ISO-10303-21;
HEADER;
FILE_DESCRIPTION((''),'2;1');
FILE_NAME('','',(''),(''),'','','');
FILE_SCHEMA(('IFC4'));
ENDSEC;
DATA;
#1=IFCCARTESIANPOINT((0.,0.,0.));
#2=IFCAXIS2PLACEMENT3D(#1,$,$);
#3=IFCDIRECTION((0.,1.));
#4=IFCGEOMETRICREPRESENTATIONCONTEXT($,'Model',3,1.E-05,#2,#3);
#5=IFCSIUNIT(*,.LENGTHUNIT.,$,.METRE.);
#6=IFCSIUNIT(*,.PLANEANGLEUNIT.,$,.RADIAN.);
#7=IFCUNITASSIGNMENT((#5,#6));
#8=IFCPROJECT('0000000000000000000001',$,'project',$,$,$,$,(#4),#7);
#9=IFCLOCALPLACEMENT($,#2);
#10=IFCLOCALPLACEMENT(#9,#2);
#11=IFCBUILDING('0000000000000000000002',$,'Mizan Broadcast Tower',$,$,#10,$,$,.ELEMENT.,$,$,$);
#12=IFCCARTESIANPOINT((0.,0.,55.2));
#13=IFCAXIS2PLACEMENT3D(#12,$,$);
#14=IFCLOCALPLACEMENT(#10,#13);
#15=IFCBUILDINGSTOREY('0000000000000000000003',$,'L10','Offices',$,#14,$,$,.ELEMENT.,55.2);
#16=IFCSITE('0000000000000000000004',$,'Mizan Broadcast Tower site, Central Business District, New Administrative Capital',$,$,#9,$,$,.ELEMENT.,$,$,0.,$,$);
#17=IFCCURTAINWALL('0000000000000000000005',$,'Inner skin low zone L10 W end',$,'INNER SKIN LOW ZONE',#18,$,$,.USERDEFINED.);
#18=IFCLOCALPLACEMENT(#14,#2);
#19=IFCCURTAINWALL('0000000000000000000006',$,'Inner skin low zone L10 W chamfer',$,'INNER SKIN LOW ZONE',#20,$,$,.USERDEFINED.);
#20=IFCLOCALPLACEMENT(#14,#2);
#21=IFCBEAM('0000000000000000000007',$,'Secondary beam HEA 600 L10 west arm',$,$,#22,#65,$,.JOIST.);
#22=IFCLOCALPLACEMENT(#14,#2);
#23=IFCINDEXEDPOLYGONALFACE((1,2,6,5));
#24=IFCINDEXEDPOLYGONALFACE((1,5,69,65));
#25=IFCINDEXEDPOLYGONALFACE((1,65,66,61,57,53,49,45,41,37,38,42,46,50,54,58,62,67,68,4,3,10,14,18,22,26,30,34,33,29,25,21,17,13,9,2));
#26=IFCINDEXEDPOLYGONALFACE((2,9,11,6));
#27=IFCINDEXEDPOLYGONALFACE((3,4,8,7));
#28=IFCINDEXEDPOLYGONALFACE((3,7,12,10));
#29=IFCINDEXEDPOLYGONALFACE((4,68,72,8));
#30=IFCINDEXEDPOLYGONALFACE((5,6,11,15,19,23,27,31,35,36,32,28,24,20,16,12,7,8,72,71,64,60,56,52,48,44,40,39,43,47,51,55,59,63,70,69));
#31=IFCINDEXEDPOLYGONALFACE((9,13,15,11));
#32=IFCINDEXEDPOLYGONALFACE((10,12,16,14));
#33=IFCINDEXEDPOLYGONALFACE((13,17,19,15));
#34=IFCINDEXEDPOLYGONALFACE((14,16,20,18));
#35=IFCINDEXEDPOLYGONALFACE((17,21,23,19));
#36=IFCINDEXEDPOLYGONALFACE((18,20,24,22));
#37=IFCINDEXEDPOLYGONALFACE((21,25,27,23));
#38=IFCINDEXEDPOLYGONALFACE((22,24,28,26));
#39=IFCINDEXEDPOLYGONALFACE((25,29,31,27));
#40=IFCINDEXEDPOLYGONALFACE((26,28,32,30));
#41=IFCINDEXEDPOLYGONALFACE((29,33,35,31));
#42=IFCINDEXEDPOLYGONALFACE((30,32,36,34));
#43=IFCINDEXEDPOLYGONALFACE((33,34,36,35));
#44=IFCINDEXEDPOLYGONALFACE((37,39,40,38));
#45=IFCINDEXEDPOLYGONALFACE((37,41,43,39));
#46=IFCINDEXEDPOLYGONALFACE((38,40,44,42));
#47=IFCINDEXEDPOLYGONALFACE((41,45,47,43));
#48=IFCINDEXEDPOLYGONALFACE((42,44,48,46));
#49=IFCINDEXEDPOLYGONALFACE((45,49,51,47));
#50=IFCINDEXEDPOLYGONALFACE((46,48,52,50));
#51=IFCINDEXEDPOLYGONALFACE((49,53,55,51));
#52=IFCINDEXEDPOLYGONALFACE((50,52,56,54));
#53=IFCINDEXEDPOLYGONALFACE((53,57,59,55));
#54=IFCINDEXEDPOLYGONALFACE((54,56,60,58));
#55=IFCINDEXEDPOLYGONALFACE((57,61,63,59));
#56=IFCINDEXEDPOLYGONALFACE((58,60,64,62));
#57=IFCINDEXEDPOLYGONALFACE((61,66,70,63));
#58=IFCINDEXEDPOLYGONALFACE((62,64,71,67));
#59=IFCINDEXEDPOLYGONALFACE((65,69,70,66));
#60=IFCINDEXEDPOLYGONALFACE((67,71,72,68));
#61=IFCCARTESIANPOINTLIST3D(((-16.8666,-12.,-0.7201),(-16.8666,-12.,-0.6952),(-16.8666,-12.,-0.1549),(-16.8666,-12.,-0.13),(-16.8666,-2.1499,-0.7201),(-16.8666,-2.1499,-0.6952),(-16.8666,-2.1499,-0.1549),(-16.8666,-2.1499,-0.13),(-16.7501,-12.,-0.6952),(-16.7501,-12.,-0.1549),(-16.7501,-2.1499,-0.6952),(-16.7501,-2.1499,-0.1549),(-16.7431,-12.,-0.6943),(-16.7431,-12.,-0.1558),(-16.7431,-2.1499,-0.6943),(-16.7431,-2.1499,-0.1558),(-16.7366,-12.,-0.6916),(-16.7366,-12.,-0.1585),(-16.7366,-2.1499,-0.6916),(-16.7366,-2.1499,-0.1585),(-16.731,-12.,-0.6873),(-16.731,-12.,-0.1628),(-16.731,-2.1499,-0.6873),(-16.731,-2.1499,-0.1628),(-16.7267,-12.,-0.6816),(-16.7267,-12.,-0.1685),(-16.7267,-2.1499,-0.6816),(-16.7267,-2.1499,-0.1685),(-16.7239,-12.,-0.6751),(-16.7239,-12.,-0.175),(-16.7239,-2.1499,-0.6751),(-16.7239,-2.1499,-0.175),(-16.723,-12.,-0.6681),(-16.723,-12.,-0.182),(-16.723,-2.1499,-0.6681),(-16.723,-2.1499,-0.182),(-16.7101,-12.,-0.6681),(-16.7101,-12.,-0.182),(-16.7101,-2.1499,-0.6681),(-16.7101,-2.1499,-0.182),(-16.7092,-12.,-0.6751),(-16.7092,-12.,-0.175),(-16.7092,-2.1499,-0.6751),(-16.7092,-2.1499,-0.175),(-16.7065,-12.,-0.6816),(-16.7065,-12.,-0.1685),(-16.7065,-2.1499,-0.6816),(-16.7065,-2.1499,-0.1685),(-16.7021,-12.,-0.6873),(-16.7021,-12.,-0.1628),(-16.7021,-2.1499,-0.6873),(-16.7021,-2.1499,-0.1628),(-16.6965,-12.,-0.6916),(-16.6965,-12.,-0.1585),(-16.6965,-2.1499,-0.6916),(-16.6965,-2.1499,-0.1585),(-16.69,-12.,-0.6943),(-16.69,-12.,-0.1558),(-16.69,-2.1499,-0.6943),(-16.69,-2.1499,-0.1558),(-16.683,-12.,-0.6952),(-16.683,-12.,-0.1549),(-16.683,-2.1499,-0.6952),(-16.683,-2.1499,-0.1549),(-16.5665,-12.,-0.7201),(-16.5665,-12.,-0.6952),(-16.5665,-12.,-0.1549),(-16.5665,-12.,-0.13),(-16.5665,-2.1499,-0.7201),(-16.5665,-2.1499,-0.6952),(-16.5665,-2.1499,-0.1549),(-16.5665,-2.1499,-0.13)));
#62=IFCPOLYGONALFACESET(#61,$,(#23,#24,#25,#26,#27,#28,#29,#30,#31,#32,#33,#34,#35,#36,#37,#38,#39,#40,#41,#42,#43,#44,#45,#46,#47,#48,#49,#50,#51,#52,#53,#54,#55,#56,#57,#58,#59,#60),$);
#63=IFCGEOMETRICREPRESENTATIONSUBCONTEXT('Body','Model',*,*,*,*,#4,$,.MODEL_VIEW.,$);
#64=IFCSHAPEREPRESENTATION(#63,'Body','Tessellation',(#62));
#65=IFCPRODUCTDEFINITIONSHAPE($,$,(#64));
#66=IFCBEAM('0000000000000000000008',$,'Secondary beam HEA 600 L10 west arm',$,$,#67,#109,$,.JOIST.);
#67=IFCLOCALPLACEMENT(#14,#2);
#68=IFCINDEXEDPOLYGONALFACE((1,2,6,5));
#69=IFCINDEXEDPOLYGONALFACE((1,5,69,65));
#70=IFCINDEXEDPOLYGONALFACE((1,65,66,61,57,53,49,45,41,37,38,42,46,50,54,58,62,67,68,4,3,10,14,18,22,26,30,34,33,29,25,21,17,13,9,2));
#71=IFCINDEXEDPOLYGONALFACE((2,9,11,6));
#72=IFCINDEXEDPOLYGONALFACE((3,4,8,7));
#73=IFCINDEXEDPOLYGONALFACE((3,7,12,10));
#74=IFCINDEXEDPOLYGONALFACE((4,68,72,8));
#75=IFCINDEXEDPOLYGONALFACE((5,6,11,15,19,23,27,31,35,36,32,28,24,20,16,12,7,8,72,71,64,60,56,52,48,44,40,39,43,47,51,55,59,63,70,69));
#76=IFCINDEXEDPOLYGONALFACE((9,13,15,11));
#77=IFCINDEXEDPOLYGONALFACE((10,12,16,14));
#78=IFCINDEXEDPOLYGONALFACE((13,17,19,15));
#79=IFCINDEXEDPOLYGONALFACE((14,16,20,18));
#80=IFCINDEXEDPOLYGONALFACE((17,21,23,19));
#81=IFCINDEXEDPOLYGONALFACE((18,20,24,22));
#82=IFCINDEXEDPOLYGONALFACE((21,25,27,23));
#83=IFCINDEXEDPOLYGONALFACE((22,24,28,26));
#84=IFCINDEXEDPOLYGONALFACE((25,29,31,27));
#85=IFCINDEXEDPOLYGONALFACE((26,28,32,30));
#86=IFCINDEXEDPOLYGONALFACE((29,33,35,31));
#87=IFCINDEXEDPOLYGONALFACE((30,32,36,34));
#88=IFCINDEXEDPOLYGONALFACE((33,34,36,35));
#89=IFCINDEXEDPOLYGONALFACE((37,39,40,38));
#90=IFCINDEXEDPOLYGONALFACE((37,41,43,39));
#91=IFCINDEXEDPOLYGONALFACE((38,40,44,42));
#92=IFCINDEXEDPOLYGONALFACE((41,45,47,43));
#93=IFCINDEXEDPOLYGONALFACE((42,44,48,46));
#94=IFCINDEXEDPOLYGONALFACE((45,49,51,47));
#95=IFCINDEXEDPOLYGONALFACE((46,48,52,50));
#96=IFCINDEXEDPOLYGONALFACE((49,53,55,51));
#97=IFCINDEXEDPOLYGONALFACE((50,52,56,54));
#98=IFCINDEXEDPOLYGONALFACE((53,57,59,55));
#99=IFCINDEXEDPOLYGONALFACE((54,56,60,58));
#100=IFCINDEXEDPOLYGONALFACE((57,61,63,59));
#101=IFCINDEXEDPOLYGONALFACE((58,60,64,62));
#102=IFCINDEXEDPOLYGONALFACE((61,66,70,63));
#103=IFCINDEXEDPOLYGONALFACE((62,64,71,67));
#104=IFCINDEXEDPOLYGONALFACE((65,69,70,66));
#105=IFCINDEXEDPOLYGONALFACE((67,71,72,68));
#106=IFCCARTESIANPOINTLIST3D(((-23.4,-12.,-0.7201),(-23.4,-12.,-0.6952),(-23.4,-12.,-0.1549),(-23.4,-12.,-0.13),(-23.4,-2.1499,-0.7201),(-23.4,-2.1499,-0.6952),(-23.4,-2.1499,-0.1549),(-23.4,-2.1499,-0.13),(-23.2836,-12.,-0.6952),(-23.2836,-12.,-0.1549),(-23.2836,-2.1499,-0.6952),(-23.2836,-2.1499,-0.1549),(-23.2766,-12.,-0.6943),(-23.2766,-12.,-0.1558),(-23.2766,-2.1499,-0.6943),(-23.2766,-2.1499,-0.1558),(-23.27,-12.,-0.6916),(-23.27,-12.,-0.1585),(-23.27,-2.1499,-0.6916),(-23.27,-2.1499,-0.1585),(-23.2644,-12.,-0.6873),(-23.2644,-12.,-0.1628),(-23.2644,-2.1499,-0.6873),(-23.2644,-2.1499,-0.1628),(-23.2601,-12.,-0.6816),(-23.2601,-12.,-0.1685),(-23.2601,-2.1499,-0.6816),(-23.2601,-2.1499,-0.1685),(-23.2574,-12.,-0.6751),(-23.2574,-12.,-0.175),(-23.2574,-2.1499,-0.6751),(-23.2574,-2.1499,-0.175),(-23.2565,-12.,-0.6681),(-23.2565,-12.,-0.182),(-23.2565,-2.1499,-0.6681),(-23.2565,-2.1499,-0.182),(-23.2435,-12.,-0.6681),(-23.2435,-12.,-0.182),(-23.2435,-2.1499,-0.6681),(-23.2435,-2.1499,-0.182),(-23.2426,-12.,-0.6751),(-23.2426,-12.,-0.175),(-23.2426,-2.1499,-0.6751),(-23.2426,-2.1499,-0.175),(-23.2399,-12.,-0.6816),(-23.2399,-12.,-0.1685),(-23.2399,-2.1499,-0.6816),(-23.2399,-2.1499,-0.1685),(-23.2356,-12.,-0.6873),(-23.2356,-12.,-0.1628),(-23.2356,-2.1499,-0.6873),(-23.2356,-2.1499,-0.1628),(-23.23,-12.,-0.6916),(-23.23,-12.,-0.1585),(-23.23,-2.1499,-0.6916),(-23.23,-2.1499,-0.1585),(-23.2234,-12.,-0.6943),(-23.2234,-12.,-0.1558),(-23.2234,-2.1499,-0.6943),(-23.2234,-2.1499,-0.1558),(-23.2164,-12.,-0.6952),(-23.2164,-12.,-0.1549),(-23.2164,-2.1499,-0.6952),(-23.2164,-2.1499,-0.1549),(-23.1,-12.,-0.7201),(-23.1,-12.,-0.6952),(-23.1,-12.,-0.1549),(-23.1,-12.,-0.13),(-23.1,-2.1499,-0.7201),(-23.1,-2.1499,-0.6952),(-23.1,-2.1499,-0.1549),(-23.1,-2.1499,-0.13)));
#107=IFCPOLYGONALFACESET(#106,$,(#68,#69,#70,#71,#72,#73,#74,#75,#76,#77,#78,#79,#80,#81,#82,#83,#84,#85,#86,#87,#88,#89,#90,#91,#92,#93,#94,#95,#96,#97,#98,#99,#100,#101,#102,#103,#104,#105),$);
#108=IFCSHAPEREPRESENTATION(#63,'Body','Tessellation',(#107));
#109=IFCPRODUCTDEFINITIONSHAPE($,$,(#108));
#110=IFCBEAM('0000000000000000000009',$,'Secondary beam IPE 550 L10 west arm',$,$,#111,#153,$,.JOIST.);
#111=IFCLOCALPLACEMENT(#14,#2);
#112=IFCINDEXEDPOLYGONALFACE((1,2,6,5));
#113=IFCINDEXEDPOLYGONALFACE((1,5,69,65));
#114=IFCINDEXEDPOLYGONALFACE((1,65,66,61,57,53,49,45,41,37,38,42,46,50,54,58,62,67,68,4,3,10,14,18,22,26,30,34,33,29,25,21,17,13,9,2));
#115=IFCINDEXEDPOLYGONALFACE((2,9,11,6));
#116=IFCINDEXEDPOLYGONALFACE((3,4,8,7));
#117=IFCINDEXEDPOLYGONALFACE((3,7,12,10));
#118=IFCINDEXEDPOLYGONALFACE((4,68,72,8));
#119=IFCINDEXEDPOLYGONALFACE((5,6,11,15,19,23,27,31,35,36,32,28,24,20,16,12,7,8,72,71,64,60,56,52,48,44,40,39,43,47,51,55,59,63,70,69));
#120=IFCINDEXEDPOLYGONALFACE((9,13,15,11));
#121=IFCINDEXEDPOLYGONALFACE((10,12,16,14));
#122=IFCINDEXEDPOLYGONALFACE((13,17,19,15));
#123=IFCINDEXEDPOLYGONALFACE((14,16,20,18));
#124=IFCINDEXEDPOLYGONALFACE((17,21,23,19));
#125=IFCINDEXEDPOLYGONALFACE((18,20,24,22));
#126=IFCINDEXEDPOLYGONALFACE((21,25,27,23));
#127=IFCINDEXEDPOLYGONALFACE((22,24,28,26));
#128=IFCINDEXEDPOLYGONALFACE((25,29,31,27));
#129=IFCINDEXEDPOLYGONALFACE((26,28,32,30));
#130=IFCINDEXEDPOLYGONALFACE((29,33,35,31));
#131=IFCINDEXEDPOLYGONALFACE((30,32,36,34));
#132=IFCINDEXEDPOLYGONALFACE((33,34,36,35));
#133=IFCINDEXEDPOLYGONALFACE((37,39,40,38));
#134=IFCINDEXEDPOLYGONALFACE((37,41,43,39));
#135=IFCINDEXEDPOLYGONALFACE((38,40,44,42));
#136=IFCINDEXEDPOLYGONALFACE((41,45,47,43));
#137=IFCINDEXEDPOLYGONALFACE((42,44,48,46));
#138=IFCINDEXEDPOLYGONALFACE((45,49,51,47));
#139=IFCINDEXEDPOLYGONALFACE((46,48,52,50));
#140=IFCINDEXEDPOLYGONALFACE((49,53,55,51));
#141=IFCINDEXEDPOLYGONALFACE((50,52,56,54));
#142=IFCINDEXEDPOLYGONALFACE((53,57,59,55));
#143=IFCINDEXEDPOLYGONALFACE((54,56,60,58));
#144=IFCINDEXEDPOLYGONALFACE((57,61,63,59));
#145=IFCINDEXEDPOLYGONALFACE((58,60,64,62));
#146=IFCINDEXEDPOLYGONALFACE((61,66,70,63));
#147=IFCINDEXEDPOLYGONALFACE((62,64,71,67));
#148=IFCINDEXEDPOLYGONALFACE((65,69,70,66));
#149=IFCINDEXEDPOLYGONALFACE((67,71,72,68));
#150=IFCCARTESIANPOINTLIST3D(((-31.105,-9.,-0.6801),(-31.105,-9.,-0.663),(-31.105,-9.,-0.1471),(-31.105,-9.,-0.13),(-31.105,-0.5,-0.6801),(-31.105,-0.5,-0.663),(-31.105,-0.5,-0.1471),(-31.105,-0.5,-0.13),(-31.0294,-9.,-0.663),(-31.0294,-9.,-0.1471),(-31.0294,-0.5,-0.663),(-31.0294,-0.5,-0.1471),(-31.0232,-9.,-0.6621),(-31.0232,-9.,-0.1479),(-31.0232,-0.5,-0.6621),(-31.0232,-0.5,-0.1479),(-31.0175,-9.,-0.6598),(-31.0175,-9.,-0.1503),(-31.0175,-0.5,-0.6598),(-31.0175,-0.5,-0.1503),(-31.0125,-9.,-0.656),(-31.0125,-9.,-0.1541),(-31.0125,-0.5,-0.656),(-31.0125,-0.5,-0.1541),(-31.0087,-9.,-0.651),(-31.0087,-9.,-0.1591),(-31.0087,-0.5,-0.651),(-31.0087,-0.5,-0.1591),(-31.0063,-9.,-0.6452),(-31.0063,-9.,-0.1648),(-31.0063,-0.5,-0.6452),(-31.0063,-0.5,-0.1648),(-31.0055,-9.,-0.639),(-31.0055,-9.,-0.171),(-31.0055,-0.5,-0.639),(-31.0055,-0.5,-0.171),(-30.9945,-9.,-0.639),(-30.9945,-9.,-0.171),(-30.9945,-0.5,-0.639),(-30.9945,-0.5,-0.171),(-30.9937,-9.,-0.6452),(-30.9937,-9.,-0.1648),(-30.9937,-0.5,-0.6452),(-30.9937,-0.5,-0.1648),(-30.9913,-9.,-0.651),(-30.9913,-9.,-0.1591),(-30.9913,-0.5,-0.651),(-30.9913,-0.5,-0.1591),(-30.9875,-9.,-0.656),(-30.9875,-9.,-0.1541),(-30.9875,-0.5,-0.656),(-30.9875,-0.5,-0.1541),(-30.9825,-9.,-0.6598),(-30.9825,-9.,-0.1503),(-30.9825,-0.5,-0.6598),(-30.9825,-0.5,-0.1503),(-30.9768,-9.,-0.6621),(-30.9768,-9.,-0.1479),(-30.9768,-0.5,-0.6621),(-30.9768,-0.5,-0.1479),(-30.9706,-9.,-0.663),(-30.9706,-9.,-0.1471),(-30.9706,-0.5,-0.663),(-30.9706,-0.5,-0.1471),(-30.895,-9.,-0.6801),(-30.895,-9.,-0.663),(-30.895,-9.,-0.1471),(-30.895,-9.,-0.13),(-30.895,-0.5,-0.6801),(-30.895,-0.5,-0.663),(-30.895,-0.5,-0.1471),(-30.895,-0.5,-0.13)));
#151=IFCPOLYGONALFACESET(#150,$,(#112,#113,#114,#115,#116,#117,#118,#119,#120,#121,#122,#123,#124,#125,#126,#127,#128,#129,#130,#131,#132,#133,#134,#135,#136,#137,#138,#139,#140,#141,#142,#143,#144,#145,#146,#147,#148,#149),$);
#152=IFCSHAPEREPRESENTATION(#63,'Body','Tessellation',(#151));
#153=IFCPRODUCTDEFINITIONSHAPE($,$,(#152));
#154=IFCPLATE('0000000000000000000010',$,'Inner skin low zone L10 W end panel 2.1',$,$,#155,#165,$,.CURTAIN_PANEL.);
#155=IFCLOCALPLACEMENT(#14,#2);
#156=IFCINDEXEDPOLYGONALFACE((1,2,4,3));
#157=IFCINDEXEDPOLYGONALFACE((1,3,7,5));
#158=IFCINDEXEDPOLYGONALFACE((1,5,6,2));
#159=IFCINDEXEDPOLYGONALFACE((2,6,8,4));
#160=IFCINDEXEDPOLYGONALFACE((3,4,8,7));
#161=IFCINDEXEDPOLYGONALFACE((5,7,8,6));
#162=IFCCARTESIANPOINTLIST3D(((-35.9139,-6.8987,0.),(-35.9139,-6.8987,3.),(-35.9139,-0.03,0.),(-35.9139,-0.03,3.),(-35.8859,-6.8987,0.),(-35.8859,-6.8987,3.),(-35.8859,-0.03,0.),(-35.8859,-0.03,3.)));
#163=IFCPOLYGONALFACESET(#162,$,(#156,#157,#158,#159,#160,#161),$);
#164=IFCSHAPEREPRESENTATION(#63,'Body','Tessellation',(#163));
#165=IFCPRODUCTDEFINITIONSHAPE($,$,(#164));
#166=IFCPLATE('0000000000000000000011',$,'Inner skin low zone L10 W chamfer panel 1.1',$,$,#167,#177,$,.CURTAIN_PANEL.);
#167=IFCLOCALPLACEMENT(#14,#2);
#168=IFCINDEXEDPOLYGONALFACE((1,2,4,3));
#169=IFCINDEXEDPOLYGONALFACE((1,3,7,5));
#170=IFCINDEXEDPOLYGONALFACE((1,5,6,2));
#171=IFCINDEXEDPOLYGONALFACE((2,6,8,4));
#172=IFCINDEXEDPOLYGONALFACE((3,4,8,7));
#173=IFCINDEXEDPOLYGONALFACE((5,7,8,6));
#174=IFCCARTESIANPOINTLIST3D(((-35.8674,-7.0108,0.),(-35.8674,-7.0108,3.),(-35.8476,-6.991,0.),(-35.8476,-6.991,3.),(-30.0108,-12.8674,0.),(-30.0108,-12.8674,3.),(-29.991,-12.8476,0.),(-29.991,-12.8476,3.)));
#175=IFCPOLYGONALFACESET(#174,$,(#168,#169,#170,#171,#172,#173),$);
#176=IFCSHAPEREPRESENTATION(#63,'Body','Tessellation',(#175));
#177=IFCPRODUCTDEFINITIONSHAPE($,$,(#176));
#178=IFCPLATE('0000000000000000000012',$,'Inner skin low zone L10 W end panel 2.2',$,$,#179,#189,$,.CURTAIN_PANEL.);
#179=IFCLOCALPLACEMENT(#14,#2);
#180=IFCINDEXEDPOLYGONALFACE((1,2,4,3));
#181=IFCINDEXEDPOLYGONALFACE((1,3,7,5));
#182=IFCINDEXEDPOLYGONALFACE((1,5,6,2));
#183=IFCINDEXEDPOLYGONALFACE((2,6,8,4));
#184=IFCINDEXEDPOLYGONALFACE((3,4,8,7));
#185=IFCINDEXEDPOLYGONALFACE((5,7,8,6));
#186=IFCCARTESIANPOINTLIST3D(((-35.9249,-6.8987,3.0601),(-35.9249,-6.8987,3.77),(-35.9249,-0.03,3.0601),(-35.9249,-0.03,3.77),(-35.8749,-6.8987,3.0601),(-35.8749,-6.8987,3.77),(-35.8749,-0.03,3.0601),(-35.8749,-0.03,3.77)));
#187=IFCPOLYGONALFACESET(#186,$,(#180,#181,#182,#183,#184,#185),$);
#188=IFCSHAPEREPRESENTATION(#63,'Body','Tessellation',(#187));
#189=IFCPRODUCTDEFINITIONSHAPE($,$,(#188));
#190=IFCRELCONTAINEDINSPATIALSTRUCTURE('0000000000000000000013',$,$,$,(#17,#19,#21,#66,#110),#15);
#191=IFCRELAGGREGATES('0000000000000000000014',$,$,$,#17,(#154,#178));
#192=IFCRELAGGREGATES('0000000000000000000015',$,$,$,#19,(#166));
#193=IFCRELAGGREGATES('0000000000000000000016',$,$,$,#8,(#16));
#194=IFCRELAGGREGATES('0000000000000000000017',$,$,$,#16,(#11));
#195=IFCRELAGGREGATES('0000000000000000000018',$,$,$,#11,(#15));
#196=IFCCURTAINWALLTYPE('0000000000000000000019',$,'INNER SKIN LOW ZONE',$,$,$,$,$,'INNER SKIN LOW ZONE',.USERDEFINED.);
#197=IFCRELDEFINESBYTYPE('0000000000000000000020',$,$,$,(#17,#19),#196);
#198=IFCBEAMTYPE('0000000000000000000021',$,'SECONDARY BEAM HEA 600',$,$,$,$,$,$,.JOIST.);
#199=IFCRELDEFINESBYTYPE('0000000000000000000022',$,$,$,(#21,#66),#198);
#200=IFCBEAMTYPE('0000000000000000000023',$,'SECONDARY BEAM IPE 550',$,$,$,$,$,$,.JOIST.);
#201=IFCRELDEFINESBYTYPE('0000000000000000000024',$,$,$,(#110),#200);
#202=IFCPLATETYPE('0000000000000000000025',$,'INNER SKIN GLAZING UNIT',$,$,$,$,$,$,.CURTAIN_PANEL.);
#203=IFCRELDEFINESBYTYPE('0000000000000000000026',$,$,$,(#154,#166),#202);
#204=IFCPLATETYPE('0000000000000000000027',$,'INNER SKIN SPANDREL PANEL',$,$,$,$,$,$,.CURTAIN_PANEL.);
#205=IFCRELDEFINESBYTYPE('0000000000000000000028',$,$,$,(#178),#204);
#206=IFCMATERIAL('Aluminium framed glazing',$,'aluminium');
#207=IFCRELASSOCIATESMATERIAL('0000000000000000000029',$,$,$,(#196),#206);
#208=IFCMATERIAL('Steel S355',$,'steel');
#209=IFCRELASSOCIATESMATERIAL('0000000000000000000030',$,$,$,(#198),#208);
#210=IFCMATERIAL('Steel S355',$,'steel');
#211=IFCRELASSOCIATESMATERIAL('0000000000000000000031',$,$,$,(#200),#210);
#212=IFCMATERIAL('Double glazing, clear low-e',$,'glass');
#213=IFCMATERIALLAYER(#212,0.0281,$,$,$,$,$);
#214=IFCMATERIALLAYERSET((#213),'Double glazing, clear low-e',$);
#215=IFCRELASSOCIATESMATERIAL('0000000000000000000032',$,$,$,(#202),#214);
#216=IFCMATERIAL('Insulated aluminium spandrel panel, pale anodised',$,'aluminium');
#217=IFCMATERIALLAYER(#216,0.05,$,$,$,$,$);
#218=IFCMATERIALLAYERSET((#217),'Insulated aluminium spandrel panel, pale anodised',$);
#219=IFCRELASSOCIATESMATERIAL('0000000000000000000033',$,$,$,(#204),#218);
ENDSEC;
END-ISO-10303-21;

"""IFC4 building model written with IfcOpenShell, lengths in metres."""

from ifc_helpers import new_model, si_unit, direction, frame, origin, origin_2d, place, context, subcontext, project, spatial, rectangle, i_section, extrude, material, layer, layer_set, material_profile, profile_set, type_object, element, aggregate, save


model = new_model("IFC4")

# Units and contexts
model_context = context("Model", 3, precision=1e-05, world=origin(), true_north=direction((0.0, 1.0)))
body_context = subcontext(model_context, "Body", "Model", "MODEL_VIEW")
ifc_project = project(units=[si_unit("LENGTHUNIT", "METRE"), si_unit("PLANEANGLEUNIT", "RADIAN")], contexts=[model_context])

# Site, building, storey
site_placement = place(None, origin())
site = spatial("IfcSite", under=ifc_project, at=site_placement, Name="Mizan Broadcast Tower site, Central Business District, New Administrative Capital", CompositionType="ELEMENT", RefElevation=0.0)
building_placement = place(site_placement, origin())
building = spatial("IfcBuilding", under=site, at=building_placement, Name="Mizan Broadcast Tower", CompositionType="ELEMENT")
storey_placement = place(building_placement, frame((0.0, 0.0, 55.2)))
storey = spatial("IfcBuildingStorey", under=building, at=storey_placement, Name="L10", Description="Offices", CompositionType="ELEMENT", Elevation=55.2)

# Curtain wall
ifc_material_1 = material(Name="Aluminium framed glazing", Category="aluminium")
curtain_wall_type_1 = type_object("IfcCurtainWallType", Name="INNER SKIN LOW ZONE", ElementType="INNER SKIN LOW ZONE", PredefinedType="USERDEFINED", material=ifc_material_1)
curtain_wall_1_placement = place(storey_placement, origin())
curtain_wall_1 = element("IfcCurtainWall", 1, at=curtain_wall_1_placement, inside=storey, type_object=curtain_wall_type_1, Name="Inner skin low zone L10 W end", ObjectType="INNER SKIN LOW ZONE", PredefinedType="USERDEFINED")

# Curtain wall
curtain_wall_2_placement = place(storey_placement, origin())
curtain_wall_2 = element("IfcCurtainWall", 2, at=curtain_wall_2_placement, inside=storey, type_object=curtain_wall_type_1, Name="Inner skin low zone L10 W chamfer", ObjectType="INNER SKIN LOW ZONE", PredefinedType="USERDEFINED")

# Beams
ifc_material_2 = material(Name="Steel S355", Category="steel")
ifc_material_profile_1 = material_profile(ifc_material_2, i_section(OverallWidth=0.3, OverallDepth=0.5901, WebThickness=0.0129, FlangeThickness=0.0249, FilletRadius=0.0271, at=origin_2d()), Name="HEA 600")
ifc_profile_set_1 = profile_set([ifc_material_profile_1], Name="Steel S355")
beam_type_1 = type_object("IfcBeamType", Name="SECONDARY BEAM HEA 600", PredefinedType="JOIST", material=ifc_profile_set_1)
for number, where, z_axis, x_axis, name in (
    (3, (-16.7166, -12.0, -0.425), (0.0, 1.0, 0.0), (-1.0, 0.0, 0.0), "Secondary beam HEA 600 L10 west arm"),
    (4, (-23.25, -12.0, -0.425), (0.0, 1.0, 0.0), (-1.0, 0.0, 0.0), "Secondary beam HEA 600 L10 west arm"),
):
    element("IfcBeam", number, at=place(storey_placement, frame(where, z_axis=z_axis, x_axis=x_axis)), inside=storey, type_object=beam_type_1, Name=name, PredefinedType="JOIST", context=body_context, shape_type="SweptSolid", body=[
        extrude(i_section(OverallWidth=0.3, OverallDepth=0.5901, WebThickness=0.0129, FlangeThickness=0.0249, FilletRadius=0.0271, at=origin_2d()), origin(), (0.0, 0.0, 1.0), 9.8501),
    ])
ifc_material_3 = material(Name="Steel S355", Category="steel")
ifc_material_profile_2 = material_profile(ifc_material_3, i_section(OverallWidth=0.21, OverallDepth=0.55, WebThickness=0.011, FlangeThickness=0.0171, FilletRadius=0.0239, at=origin_2d()), Name="IPE 550")
ifc_profile_set_2 = profile_set([ifc_material_profile_2], Name="Steel S355")
beam_type_2 = type_object("IfcBeamType", Name="SECONDARY BEAM IPE 550", PredefinedType="JOIST", material=ifc_profile_set_2)
beam_1_placement = place(storey_placement, frame((-31.0, -9.0, -0.405), z_axis=(0.0, 1.0, 0.0), x_axis=(-1.0, 0.0, 0.0)))
element("IfcBeam", 5, at=beam_1_placement, inside=storey, type_object=beam_type_2, Name="Secondary beam IPE 550 L10 west arm", PredefinedType="JOIST", context=body_context, shape_type="SweptSolid", body=[
    extrude(i_section(OverallWidth=0.21, OverallDepth=0.55, WebThickness=0.011, FlangeThickness=0.0171, FilletRadius=0.0239, at=origin_2d()), origin(), (0.0, 0.0, 1.0), 8.5),
])

# Plates
ifc_material_4 = material(Name="Double glazing, clear low-e", Category="glass")
ifc_layer_1 = layer(ifc_material_4, 0.0281)
ifc_layer_set_1 = layer_set([ifc_layer_1], Name="Double glazing, clear low-e")
plate_type_1 = type_object("IfcPlateType", Name="INNER SKIN GLAZING UNIT", PredefinedType="CURTAIN_PANEL", material=ifc_layer_set_1)
plate_1_placement = place(storey_placement, frame((-35.8999, -3.4644, 0.0), z_axis=(0.0, 0.0, 1.0), x_axis=(0.0, -1.0, 0.0)))
plate_1 = element("IfcPlate", 6, at=plate_1_placement, type_object=plate_type_1, Name="Inner skin low zone L10 W end panel 2.1", PredefinedType="CURTAIN_PANEL", context=body_context, shape_type="SweptSolid", body=[
    extrude(rectangle(XDim=6.8687, YDim=0.0281, at=origin_2d()), origin(), (0.0, 0.0, 1.0), 3.0),
])
plate_2_placement = place(storey_placement, frame((-32.9292, -9.9292, 0.0), z_axis=(0.0, 0.0, 1.0), x_axis=(0.707107, -0.707107, 0.0)))
plate_2 = element("IfcPlate", 7, at=plate_2_placement, type_object=plate_type_1, Name="Inner skin low zone L10 W chamfer panel 1.1", PredefinedType="CURTAIN_PANEL", context=body_context, shape_type="SweptSolid", body=[
    extrude(rectangle(XDim=8.2825, YDim=0.0281, at=origin_2d()), origin(), (0.0, 0.0, 1.0), 3.0),
])
ifc_material_5 = material(Name="Insulated aluminium spandrel panel, pale anodised", Category="aluminium")
ifc_layer_2 = layer(ifc_material_5, 0.05)
ifc_layer_set_2 = layer_set([ifc_layer_2], Name="Insulated aluminium spandrel panel, pale anodised")
plate_type_2 = type_object("IfcPlateType", Name="INNER SKIN SPANDREL PANEL", PredefinedType="CURTAIN_PANEL", material=ifc_layer_set_2)
plate_3_placement = place(storey_placement, frame((-35.8999, -3.4644, 3.0601), z_axis=(0.0, 0.0, 1.0), x_axis=(0.0, -1.0, 0.0)))
plate_3 = element("IfcPlate", 8, at=plate_3_placement, type_object=plate_type_2, Name="Inner skin low zone L10 W end panel 2.2", PredefinedType="CURTAIN_PANEL", context=body_context, shape_type="SweptSolid", body=[
    extrude(rectangle(XDim=6.8687, YDim=0.05, at=origin_2d()), origin(), (0.0, 0.0, 1.0), 0.71),
])
aggregate(curtain_wall_1, [plate_1, plate_3])
aggregate(curtain_wall_2, [plate_2])

save(model, "model.ifc")
